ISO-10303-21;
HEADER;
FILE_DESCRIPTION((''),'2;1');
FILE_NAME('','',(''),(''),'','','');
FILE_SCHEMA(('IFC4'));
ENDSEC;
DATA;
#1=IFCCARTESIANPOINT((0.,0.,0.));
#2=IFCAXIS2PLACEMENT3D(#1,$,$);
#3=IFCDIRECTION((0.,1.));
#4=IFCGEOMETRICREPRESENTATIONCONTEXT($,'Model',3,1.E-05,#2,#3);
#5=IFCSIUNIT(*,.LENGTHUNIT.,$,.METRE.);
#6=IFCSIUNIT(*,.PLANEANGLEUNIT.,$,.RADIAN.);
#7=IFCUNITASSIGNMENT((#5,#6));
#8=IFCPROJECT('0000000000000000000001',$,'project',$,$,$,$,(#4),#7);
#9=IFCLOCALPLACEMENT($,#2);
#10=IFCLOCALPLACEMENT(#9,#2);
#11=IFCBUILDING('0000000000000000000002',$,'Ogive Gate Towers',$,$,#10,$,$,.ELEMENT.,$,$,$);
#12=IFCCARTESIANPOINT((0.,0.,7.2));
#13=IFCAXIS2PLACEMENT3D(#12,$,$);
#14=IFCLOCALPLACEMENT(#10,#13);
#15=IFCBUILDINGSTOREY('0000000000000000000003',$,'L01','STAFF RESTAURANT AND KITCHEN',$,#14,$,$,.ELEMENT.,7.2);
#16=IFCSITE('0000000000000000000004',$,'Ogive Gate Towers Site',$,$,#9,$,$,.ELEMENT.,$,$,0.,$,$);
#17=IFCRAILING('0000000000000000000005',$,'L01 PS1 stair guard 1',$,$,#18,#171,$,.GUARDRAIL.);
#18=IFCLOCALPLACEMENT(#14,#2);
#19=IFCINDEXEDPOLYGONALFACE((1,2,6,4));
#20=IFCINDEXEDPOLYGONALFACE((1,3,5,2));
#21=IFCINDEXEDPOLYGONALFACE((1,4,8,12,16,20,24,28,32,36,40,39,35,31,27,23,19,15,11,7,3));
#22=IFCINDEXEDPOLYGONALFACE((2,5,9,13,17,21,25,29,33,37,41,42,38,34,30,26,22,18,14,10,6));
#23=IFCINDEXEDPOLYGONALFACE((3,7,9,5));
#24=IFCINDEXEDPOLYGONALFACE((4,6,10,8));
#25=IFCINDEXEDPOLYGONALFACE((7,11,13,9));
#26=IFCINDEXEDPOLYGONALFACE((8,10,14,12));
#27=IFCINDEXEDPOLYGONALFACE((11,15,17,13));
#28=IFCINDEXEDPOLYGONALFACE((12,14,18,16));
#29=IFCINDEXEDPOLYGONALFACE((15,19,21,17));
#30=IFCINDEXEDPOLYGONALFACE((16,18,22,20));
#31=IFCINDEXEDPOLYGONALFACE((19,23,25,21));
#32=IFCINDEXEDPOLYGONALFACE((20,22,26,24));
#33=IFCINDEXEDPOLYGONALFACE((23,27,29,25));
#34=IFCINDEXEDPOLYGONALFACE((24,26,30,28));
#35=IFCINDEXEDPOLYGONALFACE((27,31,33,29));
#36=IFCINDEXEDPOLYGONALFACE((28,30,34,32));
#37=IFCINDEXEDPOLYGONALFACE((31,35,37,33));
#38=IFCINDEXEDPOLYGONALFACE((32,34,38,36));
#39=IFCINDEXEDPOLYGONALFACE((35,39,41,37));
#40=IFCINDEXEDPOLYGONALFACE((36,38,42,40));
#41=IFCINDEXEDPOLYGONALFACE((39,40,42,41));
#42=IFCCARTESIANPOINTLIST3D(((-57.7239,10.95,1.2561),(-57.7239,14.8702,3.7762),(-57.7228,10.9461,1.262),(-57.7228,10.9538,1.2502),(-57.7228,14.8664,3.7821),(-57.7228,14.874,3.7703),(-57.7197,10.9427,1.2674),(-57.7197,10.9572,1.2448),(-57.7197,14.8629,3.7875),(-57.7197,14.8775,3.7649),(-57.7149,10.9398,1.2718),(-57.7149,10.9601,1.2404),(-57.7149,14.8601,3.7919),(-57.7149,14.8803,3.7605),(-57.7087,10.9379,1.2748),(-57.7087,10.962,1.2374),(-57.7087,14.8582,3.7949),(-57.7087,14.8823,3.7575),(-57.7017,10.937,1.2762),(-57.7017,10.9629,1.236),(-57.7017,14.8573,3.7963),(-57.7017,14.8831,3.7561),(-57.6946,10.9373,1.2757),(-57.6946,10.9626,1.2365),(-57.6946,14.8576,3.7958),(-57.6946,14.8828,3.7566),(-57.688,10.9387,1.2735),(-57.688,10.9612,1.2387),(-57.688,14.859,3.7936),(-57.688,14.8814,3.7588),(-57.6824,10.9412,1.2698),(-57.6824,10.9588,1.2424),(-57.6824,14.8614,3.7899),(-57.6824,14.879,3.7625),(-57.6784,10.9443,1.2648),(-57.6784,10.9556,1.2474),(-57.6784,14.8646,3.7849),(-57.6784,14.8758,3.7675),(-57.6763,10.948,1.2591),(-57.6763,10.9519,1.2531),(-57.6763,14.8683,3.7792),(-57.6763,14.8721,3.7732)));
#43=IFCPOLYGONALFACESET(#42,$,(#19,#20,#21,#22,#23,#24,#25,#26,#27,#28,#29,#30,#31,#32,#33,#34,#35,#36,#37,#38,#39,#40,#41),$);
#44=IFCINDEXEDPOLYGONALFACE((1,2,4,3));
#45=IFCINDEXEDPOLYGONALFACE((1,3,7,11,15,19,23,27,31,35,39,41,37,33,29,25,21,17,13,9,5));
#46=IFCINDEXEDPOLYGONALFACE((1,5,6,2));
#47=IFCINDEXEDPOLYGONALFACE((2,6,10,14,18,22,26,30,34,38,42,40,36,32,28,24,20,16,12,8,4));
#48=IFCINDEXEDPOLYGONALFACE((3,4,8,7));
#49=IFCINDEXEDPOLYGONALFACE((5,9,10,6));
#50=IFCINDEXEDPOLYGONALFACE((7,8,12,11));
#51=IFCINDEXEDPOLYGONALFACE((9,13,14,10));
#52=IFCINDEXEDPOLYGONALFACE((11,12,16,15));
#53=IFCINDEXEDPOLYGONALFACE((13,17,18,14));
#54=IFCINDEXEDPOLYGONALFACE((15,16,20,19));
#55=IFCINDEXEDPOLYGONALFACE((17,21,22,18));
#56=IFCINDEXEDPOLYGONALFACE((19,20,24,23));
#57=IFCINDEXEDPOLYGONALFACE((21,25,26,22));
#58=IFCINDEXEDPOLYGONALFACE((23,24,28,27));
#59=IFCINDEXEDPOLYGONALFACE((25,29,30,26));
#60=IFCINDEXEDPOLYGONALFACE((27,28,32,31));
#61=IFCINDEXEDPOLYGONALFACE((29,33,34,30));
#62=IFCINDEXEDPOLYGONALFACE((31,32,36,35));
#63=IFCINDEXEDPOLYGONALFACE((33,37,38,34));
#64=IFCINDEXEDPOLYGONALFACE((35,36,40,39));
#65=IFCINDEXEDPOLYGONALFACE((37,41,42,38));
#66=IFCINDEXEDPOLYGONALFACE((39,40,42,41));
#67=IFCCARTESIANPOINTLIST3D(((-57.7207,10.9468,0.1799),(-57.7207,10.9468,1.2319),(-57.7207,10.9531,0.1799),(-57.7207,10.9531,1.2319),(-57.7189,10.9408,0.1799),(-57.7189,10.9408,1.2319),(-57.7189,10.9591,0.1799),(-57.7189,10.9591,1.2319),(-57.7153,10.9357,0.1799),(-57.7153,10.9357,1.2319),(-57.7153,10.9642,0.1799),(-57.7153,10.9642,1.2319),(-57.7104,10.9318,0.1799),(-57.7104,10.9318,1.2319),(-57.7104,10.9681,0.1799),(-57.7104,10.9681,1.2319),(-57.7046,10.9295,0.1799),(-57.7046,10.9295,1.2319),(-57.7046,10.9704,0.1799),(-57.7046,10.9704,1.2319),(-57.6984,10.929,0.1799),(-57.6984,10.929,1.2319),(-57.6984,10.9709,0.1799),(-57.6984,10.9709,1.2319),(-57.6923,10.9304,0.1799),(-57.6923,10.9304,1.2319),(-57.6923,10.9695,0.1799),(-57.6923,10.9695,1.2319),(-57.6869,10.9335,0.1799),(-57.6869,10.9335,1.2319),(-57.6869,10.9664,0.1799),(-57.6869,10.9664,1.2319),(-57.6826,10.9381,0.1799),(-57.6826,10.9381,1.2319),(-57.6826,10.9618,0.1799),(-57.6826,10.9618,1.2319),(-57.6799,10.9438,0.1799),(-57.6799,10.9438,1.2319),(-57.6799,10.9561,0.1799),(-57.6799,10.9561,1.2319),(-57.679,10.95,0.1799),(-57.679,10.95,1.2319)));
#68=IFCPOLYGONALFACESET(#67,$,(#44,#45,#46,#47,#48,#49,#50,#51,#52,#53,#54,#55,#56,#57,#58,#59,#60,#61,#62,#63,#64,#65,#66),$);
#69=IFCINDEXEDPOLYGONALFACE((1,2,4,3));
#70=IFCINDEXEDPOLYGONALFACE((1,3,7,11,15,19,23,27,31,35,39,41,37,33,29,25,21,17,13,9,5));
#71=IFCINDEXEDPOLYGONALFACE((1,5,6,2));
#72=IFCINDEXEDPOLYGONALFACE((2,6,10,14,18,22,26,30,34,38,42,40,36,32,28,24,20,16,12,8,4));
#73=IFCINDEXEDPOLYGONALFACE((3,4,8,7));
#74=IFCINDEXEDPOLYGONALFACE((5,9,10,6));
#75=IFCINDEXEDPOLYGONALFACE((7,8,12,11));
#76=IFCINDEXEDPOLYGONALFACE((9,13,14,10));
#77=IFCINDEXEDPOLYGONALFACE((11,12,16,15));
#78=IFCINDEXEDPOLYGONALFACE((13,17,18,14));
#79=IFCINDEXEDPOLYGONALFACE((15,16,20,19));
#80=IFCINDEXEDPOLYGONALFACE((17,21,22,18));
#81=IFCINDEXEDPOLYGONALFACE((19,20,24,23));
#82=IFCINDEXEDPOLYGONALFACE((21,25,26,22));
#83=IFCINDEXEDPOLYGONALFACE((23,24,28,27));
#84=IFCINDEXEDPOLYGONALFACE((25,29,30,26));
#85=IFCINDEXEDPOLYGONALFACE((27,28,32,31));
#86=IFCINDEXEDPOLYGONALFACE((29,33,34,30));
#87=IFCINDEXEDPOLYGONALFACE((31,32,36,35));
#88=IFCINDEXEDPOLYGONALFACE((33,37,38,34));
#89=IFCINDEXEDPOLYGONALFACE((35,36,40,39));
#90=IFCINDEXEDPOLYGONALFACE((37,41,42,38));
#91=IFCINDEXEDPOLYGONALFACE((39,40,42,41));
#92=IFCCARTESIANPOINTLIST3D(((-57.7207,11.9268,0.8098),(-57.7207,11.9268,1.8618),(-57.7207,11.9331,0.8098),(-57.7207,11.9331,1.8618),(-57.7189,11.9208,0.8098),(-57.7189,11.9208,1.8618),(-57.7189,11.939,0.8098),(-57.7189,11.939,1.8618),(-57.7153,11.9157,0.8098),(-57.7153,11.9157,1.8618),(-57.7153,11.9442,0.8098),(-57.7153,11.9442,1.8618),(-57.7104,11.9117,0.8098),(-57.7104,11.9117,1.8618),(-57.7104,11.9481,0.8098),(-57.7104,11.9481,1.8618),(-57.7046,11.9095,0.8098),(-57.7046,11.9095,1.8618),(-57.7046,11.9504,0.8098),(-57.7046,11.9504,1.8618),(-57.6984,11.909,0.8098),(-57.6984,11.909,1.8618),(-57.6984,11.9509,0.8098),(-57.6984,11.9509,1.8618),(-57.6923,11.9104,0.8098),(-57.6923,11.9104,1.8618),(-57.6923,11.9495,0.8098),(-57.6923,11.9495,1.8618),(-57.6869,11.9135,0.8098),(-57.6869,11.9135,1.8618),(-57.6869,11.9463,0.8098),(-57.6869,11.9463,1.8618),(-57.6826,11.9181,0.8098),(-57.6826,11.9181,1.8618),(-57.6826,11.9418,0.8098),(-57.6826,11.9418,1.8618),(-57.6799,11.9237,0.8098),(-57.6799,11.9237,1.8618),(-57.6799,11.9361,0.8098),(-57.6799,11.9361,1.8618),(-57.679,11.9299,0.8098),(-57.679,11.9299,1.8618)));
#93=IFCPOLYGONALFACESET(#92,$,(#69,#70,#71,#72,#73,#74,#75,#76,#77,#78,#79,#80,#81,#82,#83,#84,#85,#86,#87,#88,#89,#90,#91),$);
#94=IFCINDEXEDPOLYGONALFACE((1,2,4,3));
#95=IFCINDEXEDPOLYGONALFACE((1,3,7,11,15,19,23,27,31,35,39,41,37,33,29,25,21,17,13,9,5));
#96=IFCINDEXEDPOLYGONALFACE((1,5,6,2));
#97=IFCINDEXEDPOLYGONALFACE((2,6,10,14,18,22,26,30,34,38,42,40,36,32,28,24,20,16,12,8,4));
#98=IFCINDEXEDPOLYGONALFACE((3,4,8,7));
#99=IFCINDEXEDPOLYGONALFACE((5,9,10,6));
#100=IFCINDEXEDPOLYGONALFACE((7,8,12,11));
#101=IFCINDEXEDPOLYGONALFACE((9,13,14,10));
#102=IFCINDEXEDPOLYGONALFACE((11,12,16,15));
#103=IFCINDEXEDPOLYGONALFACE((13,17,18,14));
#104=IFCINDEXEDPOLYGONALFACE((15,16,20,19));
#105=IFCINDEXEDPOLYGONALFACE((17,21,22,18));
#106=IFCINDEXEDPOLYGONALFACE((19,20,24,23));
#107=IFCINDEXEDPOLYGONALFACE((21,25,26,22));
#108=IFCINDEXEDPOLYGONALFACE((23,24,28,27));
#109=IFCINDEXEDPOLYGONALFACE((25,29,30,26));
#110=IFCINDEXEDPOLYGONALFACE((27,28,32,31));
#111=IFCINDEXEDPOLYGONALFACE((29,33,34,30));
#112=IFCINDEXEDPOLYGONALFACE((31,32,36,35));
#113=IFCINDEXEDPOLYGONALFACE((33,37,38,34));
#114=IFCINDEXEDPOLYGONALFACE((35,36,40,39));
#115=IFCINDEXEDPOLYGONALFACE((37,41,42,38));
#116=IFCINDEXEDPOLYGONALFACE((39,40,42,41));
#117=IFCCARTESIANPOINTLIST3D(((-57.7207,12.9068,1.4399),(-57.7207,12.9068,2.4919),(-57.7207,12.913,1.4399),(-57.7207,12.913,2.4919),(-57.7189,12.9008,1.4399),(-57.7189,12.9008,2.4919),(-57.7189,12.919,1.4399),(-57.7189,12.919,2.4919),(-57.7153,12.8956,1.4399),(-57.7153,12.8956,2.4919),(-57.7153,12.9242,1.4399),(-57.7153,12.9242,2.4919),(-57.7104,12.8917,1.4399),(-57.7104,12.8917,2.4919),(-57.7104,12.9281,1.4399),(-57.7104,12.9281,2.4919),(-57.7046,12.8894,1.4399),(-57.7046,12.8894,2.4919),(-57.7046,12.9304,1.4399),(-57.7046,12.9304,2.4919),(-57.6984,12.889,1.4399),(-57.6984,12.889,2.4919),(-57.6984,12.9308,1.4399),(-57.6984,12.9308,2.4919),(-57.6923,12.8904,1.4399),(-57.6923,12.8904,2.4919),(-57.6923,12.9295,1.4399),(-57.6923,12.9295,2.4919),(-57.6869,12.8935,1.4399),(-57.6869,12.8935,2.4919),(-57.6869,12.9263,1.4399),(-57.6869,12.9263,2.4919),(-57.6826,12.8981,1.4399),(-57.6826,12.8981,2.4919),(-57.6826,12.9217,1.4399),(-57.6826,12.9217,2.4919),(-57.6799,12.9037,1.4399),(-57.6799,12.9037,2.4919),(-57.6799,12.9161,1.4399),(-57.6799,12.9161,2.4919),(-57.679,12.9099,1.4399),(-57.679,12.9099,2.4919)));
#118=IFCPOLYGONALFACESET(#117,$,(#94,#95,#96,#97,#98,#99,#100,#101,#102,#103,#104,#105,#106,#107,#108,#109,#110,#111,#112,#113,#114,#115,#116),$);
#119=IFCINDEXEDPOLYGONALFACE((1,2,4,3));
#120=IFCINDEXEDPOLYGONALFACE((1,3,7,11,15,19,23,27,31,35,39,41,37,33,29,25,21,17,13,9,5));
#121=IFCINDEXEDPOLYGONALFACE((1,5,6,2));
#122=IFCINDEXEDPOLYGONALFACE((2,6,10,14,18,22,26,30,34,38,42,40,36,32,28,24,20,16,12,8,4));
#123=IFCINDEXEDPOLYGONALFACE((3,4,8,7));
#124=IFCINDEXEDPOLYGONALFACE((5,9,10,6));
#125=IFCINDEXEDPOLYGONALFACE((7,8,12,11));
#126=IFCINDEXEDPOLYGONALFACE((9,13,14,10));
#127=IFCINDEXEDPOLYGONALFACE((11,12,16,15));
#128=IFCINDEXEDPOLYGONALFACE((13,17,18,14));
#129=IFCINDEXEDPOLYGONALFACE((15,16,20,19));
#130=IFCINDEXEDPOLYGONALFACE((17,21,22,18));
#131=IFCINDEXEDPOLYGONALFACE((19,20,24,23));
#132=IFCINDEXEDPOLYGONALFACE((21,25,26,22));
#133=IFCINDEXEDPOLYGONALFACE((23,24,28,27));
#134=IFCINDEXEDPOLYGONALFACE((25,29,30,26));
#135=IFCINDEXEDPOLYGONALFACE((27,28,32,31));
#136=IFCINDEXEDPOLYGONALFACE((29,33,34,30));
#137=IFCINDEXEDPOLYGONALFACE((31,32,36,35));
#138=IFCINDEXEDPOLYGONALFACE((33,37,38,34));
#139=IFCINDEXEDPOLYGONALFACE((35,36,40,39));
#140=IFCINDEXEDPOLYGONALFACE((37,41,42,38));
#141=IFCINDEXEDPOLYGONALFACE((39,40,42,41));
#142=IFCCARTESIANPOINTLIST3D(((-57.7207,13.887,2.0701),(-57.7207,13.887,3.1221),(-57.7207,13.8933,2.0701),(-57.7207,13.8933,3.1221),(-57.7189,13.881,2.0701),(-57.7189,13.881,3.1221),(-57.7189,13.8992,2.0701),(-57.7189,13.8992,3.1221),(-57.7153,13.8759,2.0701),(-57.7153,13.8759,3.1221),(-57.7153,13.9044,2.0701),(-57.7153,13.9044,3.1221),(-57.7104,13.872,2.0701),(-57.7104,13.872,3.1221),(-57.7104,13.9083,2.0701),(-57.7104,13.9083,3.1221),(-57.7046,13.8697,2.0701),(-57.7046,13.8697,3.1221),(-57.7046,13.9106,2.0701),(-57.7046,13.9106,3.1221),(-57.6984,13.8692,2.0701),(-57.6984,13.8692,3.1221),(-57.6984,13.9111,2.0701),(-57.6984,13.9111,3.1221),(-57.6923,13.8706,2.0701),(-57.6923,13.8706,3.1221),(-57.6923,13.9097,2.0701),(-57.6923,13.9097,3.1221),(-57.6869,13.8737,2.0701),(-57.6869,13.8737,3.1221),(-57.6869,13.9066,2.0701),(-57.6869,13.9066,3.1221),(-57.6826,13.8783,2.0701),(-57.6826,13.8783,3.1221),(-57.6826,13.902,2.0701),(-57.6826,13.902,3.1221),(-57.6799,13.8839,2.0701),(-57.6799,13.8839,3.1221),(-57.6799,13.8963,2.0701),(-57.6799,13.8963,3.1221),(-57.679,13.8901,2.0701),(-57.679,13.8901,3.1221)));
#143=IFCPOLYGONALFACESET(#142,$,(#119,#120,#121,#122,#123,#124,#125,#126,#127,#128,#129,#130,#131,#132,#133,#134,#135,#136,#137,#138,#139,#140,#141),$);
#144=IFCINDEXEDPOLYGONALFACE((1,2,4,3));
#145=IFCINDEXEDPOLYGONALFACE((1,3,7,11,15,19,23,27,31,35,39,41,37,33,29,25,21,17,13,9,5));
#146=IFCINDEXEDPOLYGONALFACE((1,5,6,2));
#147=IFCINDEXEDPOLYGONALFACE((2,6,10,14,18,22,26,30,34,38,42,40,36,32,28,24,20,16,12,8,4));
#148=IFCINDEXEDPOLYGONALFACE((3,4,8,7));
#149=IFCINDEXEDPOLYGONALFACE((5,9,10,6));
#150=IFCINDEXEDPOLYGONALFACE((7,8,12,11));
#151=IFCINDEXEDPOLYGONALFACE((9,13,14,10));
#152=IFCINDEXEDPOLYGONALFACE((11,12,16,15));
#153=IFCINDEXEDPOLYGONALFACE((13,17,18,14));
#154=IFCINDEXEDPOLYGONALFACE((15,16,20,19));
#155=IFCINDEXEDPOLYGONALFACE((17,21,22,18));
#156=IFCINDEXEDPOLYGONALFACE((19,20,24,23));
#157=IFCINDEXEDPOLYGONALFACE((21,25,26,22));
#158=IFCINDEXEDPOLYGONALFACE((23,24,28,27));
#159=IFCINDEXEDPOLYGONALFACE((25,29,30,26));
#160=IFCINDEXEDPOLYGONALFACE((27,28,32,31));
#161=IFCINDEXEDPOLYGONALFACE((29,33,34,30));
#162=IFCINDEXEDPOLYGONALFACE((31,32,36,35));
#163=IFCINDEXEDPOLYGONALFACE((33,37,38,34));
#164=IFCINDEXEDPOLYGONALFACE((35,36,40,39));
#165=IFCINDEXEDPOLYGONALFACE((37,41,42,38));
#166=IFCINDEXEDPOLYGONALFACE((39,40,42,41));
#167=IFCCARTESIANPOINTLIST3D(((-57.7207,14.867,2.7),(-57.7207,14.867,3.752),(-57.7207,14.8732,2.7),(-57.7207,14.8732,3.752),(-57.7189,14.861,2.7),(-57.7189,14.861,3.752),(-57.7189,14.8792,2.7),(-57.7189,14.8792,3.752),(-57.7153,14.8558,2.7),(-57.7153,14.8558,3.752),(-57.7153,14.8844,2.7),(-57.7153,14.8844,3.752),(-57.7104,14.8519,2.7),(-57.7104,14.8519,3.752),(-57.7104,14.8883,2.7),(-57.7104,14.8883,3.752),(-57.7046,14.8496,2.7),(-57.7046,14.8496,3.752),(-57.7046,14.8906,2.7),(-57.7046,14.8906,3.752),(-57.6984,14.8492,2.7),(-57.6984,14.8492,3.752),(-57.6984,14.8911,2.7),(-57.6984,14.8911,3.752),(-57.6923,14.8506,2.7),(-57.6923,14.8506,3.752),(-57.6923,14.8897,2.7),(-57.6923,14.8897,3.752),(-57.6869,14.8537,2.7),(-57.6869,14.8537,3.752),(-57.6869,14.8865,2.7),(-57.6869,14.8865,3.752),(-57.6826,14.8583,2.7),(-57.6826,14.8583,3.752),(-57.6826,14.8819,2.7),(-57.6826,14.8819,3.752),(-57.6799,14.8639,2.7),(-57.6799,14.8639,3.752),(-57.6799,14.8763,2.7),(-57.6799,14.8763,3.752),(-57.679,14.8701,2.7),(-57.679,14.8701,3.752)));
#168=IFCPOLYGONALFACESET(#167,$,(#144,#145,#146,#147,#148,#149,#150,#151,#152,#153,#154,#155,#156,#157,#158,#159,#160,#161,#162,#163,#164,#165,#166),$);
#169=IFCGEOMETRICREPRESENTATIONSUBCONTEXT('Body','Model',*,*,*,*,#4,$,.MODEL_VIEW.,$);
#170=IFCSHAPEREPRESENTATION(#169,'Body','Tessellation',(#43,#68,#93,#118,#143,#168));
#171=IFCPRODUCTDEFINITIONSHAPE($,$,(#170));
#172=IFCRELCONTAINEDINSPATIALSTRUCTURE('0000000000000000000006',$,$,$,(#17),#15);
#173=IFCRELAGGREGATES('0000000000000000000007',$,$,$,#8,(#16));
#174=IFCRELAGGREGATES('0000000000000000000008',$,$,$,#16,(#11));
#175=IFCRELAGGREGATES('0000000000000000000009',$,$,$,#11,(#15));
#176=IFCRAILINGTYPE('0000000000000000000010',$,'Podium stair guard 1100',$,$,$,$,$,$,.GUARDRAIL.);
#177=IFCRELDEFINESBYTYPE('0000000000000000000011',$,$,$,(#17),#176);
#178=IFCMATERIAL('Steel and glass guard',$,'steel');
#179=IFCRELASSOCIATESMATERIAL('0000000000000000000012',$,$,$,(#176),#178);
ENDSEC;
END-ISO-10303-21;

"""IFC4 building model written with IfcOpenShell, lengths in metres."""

from ifc_helpers import new_model, si_unit, direction, frame, origin, origin_2d, place, context, subcontext, project, spatial, circle, extrude, material, type_object, element, save


model = new_model("IFC4")

# Units and contexts
model_context = context("Model", 3, precision=1e-05, world=origin(), true_north=direction((0.0, 1.0)))
body_context = subcontext(model_context, "Body", "Model", "MODEL_VIEW")
ifc_project = project(units=[si_unit("LENGTHUNIT", "METRE"), si_unit("PLANEANGLEUNIT", "RADIAN")], contexts=[model_context])

# Site, building, storey
site_placement = place(None, origin())
site = spatial("IfcSite", under=ifc_project, at=site_placement, Name="Ogive Gate Towers Site", CompositionType="ELEMENT", RefElevation=0.0)
building_placement = place(site_placement, origin())
building = spatial("IfcBuilding", under=site, at=building_placement, Name="Ogive Gate Towers", CompositionType="ELEMENT")
storey_placement = place(building_placement, frame((0.0, 0.0, 7.2)))
storey = spatial("IfcBuildingStorey", under=building, at=storey_placement, Name="L01", Description="STAFF RESTAURANT AND KITCHEN", CompositionType="ELEMENT", Elevation=7.2)

# Railing
ifc_material_1 = material(Name="Steel and glass guard", Category="steel")
railing_type_1 = type_object("IfcRailingType", Name="Podium stair guard 1100", PredefinedType="GUARDRAIL", material=ifc_material_1)
railing_1_placement = place(storey_placement, frame((-57.7, 10.95, 0.1799)))
element("IfcRailing", 1, at=railing_1_placement, inside=storey, type_object=railing_type_1, Name="L01 PS1 stair guard 1", PredefinedType="GUARDRAIL", context=body_context, shape_type="SweptSolid", body=[
    extrude(circle(Radius=0.0239, at=origin_2d()), frame((0.0, 0.0, 1.0762), z_axis=(0.0, 0.841187, 0.540744), x_axis=(-1.0, 0.0, 0.0)), (0.0, 0.0, 1.0), 4.6604),
    extrude(circle(Radius=0.021, at=origin_2d()), origin(), (0.0, 0.0, 1.0), 1.052),
    extrude(circle(Radius=0.021, at=origin_2d()), frame((0.0, 0.98, 0.6299)), (0.0, 0.0, 1.0), 1.052),
    extrude(circle(Radius=0.021, at=origin_2d()), frame((0.0, 1.96, 1.26)), (0.0, 0.0, 1.0), 1.052),
    extrude(circle(Radius=0.021, at=origin_2d()), frame((0.0, 2.9402, 1.8901)), (0.0, 0.0, 1.0), 1.052),
    extrude(circle(Radius=0.021, at=origin_2d()), frame((0.0, 3.9202, 2.52)), (0.0, 0.0, 1.0), 1.052),
])

save(model, "model.ifc")
